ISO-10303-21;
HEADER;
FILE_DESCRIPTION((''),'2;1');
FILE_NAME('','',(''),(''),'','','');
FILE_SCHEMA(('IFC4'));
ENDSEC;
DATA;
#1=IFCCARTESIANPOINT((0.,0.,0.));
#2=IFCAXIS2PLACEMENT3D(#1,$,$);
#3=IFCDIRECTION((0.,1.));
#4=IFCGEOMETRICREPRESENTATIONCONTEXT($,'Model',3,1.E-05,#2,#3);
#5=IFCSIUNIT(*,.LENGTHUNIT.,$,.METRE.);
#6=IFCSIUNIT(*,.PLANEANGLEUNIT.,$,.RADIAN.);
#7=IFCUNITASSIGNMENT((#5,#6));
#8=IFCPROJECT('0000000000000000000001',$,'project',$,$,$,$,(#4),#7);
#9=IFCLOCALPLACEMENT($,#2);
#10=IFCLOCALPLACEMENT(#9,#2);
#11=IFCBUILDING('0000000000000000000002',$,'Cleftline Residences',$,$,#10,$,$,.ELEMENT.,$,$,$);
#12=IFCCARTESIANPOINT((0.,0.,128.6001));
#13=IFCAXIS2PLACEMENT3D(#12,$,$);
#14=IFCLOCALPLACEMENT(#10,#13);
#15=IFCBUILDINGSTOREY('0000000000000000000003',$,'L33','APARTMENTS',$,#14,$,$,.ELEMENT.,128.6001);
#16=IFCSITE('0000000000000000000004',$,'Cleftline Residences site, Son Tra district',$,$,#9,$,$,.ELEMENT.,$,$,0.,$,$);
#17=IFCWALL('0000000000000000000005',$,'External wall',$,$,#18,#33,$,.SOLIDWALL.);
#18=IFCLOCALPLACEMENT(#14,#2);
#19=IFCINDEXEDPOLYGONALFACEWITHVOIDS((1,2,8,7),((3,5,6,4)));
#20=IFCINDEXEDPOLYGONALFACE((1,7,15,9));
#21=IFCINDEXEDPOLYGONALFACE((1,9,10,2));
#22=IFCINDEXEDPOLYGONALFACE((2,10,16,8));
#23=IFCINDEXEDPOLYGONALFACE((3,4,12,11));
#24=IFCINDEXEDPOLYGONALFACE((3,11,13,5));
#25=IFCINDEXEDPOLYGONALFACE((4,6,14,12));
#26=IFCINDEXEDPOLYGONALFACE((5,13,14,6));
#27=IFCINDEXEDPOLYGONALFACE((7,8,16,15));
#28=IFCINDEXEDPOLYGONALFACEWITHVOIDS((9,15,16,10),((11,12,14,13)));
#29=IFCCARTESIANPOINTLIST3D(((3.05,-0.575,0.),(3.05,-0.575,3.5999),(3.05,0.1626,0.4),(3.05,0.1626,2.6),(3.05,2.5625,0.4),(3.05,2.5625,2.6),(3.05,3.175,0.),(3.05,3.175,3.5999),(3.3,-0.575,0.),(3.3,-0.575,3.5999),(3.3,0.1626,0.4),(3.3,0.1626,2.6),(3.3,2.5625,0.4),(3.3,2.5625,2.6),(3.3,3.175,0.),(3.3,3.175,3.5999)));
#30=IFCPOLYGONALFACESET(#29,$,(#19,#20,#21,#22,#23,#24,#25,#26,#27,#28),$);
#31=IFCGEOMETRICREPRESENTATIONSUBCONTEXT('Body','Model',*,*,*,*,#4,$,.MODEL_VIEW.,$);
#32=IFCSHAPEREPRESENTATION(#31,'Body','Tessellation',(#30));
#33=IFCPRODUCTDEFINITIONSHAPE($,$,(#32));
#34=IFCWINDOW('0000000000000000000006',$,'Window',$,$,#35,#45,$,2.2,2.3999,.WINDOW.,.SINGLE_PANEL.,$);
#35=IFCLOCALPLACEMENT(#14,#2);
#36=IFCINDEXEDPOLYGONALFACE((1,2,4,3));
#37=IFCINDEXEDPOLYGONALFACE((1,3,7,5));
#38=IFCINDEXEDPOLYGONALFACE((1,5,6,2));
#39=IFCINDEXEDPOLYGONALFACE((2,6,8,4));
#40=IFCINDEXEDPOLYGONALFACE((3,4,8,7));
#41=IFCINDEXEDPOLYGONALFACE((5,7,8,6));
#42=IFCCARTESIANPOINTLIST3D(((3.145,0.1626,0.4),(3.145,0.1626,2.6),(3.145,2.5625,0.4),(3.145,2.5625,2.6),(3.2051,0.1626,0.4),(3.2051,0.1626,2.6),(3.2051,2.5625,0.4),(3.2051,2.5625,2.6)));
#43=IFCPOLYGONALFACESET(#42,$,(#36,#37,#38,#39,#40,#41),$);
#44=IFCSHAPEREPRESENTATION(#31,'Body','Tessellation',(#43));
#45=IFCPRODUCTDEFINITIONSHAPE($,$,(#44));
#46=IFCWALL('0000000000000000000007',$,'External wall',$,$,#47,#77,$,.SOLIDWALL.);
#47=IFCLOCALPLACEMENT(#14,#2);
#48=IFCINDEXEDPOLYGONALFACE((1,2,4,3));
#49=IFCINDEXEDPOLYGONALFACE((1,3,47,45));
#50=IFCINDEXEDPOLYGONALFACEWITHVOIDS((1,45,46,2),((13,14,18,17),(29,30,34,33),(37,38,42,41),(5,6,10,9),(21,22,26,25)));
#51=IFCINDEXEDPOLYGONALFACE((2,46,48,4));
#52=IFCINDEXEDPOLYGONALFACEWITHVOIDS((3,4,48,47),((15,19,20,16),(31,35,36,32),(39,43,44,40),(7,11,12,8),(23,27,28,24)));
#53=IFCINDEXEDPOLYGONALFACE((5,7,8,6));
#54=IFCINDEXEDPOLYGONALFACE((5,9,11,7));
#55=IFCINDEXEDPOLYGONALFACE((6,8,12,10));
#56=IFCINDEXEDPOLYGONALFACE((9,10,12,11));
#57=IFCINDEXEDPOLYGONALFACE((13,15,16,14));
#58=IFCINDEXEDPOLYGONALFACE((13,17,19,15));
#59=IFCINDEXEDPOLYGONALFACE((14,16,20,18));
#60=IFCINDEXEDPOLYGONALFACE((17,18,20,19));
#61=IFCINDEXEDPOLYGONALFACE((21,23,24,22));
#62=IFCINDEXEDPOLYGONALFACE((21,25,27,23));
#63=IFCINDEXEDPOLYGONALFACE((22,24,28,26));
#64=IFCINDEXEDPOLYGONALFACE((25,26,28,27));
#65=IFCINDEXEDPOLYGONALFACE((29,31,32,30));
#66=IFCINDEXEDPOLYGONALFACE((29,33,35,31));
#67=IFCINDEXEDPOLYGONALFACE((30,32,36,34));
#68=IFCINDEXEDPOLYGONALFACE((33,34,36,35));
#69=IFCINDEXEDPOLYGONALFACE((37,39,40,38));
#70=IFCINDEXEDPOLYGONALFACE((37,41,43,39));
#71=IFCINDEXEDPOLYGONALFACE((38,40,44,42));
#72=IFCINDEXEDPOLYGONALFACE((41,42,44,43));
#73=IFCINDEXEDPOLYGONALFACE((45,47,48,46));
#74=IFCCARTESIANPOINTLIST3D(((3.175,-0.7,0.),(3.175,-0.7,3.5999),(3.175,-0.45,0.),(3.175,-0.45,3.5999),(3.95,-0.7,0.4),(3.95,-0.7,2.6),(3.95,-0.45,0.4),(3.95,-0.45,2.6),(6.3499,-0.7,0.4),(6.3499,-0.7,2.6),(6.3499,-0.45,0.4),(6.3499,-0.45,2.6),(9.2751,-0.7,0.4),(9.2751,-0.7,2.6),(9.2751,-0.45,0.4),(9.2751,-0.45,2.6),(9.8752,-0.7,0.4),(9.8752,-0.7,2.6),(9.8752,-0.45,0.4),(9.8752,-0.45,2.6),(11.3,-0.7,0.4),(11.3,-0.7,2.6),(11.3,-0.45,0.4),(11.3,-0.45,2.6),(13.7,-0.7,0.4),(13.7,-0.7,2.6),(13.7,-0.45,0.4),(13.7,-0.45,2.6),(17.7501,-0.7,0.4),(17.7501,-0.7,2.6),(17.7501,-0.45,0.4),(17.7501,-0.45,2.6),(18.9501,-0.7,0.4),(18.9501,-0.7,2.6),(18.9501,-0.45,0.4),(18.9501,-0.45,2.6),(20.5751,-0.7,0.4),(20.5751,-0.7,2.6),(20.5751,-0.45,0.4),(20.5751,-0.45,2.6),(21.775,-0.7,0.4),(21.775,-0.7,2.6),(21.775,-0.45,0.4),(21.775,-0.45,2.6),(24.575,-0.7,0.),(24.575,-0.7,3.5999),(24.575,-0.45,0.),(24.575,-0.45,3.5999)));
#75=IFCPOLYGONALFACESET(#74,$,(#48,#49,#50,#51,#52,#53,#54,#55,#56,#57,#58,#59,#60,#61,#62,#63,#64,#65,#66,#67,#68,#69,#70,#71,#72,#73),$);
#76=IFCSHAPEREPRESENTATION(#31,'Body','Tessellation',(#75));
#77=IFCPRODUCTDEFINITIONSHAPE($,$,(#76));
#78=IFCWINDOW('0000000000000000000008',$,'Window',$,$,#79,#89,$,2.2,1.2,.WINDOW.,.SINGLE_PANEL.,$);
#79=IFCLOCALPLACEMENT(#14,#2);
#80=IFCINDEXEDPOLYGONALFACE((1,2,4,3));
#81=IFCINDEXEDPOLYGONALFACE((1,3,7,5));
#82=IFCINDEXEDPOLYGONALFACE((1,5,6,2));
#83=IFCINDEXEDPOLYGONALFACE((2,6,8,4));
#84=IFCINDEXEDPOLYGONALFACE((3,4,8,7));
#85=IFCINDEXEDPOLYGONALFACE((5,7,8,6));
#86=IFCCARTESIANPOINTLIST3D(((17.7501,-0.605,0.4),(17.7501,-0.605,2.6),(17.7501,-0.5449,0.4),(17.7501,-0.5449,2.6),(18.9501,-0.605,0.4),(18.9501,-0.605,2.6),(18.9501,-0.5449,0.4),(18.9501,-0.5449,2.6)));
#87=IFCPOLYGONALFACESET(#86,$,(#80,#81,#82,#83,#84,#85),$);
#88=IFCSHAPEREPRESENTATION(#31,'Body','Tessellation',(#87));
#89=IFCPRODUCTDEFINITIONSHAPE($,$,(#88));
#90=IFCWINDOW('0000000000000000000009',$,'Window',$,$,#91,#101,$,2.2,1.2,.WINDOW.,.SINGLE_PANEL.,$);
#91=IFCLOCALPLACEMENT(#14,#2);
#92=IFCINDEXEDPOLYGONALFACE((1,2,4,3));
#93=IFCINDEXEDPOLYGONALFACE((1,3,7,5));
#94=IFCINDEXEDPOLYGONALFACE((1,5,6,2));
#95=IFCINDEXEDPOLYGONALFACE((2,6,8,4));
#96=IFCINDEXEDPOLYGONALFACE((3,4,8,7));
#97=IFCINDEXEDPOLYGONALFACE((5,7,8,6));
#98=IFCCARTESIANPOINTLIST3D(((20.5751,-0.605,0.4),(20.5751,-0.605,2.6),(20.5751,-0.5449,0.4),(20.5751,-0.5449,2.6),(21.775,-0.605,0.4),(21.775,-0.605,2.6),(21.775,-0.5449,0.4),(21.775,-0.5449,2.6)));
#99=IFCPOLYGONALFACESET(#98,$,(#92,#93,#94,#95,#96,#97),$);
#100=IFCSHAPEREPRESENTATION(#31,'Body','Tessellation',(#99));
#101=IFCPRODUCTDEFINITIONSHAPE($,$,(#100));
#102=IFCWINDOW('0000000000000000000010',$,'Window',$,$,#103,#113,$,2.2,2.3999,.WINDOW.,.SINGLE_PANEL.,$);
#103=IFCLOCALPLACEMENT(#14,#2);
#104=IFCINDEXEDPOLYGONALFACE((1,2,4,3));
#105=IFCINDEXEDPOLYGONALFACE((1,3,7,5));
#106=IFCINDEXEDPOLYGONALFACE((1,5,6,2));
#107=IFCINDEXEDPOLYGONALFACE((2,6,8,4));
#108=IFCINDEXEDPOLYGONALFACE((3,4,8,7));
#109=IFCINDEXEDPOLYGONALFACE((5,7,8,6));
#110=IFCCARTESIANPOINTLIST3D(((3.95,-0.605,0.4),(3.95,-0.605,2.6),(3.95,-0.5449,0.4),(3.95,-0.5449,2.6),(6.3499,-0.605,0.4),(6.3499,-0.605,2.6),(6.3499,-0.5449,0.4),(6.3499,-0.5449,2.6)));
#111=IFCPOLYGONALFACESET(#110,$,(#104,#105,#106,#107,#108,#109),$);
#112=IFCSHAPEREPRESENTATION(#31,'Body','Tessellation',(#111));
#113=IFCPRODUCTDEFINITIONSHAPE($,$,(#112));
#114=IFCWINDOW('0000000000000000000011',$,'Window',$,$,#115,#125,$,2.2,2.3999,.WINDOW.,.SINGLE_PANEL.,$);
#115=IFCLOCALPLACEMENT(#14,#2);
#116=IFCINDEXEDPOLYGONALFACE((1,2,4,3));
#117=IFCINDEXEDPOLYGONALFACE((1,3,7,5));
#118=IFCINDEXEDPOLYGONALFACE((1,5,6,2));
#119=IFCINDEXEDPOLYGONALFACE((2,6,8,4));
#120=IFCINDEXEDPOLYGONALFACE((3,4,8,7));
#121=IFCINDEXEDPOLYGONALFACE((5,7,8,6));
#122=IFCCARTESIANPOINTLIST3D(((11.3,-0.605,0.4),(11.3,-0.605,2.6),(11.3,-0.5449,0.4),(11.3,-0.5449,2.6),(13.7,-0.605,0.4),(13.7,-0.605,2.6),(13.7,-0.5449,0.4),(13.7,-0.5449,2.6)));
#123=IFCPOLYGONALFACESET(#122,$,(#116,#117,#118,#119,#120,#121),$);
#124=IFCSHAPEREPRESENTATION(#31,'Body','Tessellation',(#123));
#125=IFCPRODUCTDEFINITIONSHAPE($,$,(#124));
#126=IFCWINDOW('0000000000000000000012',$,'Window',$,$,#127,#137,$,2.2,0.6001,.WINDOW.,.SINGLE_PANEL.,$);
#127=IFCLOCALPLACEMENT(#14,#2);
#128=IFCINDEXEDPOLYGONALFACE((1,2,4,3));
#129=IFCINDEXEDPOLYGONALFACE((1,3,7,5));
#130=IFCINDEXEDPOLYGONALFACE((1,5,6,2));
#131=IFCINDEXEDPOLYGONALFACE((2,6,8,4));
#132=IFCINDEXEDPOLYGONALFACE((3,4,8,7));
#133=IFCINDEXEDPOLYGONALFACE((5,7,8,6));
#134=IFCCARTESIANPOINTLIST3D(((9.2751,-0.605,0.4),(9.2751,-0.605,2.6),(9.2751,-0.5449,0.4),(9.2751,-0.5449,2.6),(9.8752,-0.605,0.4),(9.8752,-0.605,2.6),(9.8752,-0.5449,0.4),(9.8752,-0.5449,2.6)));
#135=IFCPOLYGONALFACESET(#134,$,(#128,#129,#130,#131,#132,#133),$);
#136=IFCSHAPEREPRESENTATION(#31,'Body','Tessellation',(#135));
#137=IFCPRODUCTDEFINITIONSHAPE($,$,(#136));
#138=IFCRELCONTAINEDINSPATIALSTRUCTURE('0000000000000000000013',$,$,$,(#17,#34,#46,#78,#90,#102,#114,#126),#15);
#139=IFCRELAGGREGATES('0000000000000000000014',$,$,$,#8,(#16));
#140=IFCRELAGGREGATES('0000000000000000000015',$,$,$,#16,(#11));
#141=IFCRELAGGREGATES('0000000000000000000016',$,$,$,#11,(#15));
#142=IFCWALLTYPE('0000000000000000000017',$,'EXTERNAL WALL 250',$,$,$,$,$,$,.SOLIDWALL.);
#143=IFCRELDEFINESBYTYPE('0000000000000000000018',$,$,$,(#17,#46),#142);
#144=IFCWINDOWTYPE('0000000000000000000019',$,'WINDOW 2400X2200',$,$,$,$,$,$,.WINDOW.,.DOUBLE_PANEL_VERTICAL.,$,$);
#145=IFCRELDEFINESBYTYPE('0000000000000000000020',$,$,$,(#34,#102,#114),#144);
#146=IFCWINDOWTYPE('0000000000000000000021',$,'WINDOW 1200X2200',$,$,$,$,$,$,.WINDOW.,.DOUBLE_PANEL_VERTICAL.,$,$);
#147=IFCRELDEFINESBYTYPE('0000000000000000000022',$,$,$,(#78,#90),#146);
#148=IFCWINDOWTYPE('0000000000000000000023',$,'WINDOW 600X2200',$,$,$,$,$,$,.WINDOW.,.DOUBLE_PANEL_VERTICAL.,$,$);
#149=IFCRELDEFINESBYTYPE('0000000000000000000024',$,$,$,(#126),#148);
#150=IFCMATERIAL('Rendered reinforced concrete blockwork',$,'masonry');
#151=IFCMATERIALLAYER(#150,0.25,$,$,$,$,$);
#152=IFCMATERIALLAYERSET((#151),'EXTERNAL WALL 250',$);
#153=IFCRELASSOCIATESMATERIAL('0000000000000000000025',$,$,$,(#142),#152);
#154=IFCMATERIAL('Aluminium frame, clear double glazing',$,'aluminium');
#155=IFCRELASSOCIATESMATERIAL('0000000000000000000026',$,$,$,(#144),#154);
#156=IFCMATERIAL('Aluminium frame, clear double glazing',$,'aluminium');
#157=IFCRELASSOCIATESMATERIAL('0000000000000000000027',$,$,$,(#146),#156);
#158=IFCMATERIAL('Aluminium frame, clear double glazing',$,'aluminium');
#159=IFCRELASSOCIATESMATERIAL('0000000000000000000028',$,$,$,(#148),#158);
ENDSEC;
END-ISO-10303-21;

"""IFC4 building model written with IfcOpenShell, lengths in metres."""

from ifc_helpers import new_model, si_unit, direction, frame, frame_2d, origin, place, context, subcontext, project, spatial, rectangle, extrude, material, layer, layer_set, type_object, element, fill, save


model = new_model("IFC4")

# Units and contexts
model_context = context("Model", 3, precision=1e-05, world=origin(), true_north=direction((0.0, 1.0)))
body_context = subcontext(model_context, "Body", "Model", "MODEL_VIEW")
ifc_project = project(units=[si_unit("LENGTHUNIT", "METRE"), si_unit("PLANEANGLEUNIT", "RADIAN")], contexts=[model_context])

# Site, building, storey
site_placement = place(None, origin())
site = spatial("IfcSite", under=ifc_project, at=site_placement, Name="Cleftline Residences site, Son Tra district", CompositionType="ELEMENT", RefElevation=0.0)
building_placement = place(site_placement, origin())
building = spatial("IfcBuilding", under=site, at=building_placement, Name="Cleftline Residences", CompositionType="ELEMENT")
storey_placement = place(building_placement, frame((0.0, 0.0, 128.6001)))
storey = spatial("IfcBuildingStorey", under=building, at=storey_placement, Name="L33", Description="APARTMENTS", CompositionType="ELEMENT", Elevation=128.6001)

# Wall, opening, window
ifc_material_1 = material(Name="Rendered reinforced concrete blockwork", Category="masonry")
ifc_layer_1 = layer(ifc_material_1, 0.25)
ifc_layer_set_1 = layer_set([ifc_layer_1], Name="EXTERNAL WALL 250")
wall_type_1 = type_object("IfcWallType", Name="EXTERNAL WALL 250", PredefinedType="SOLIDWALL", material=ifc_layer_set_1)
wall_1_placement = place(storey_placement, frame((3.175, 3.175, 0.0), z_axis=(0.0, 0.0, 1.0), x_axis=(0.0, -1.0, 0.0)))
wall_1 = element("IfcWall", 1, at=wall_1_placement, inside=storey, type_object=wall_type_1, Name="External wall", PredefinedType="SOLIDWALL", context=body_context, shape_type="SweptSolid", body=[
    extrude(rectangle(XDim=3.75, YDim=0.25, at=frame_2d((1.875, 0.0))), origin(), (0.0, 0.0, 1.0), 3.5999),
])
opening_1_placement = place(wall_1_placement, frame((0.6125, 0.0, 0.3999)))
opening_1 = element("IfcOpeningElement", 2, at=opening_1_placement, cuts=wall_1, PredefinedType="OPENING", context=body_context, shape_type="SweptSolid", body=[
    extrude(rectangle(XDim=2.3999, YDim=2.2, at=frame_2d((1.2, 1.1001))), frame((0.0, 0.135, 0.0), z_axis=(0.0, -1.0, 0.0), x_axis=(1.0, 0.0, 0.0)), (0.0, 0.0, 1.0), 0.27),
])
ifc_material_2 = material(Name="Aluminium frame, clear double glazing", Category="aluminium")
window_type_1 = type_object("IfcWindowType", Name="WINDOW 2400X2200", PartitioningType="DOUBLE_PANEL_VERTICAL", PredefinedType="WINDOW", material=ifc_material_2)
window_1_placement = place(opening_1_placement, origin())
window_1 = element("IfcWindow", 3, at=window_1_placement, inside=storey, type_object=window_type_1, Name="Window", OverallHeight=2.2, OverallWidth=2.3999, PartitioningType="SINGLE_PANEL", PredefinedType="WINDOW", context=body_context, shape_type="SweptSolid", body=[
    extrude(rectangle(XDim=2.3999, YDim=2.2, at=frame_2d((1.2, 1.1001))), frame((0.0, 0.03, 0.0), z_axis=(0.0, -1.0, 0.0), x_axis=(1.0, 0.0, 0.0)), (0.0, 0.0, 1.0), 0.0601),
])
fill(opening_1, window_1)

# Wall, openings, windows
wall_2_placement = place(storey_placement, frame((3.175, -0.575, 0.0), z_axis=(0.0, 0.0, 1.0), x_axis=(1.0, 0.0, 0.0)))
wall_2 = element("IfcWall", 4, at=wall_2_placement, inside=storey, type_object=wall_type_1, Name="External wall", PredefinedType="SOLIDWALL", context=body_context, shape_type="SweptSolid", body=[
    extrude(rectangle(XDim=21.3999, YDim=0.25, at=frame_2d((10.7, 0.0))), origin(), (0.0, 0.0, 1.0), 3.5999),
])
opening_2_placement = place(wall_2_placement, frame((0.7749, 0.0, 0.3999)))
opening_2 = element("IfcOpeningElement", 5, at=opening_2_placement, cuts=wall_2, PredefinedType="OPENING", context=body_context, shape_type="SweptSolid", body=[
    extrude(rectangle(XDim=2.3999, YDim=2.2, at=frame_2d((1.2, 1.1001))), frame((0.0, 0.135, 0.0), z_axis=(0.0, -1.0, 0.0), x_axis=(1.0, 0.0, 0.0)), (0.0, 0.0, 1.0), 0.27),
])
opening_3_placement = place(wall_2_placement, frame((6.1001, 0.0, 0.3999)))
opening_3 = element("IfcOpeningElement", 6, at=opening_3_placement, cuts=wall_2, PredefinedType="OPENING", context=body_context, shape_type="SweptSolid", body=[
    extrude(rectangle(XDim=0.6001, YDim=2.2, at=frame_2d((0.3, 1.1001))), frame((0.0, 0.135, 0.0), z_axis=(0.0, -1.0, 0.0), x_axis=(1.0, 0.0, 0.0)), (0.0, 0.0, 1.0), 0.27),
])
opening_4_placement = place(wall_2_placement, frame((8.125, 0.0, 0.3999)))
opening_4 = element("IfcOpeningElement", 7, at=opening_4_placement, cuts=wall_2, PredefinedType="OPENING", context=body_context, shape_type="SweptSolid", body=[
    extrude(rectangle(XDim=2.3999, YDim=2.2, at=frame_2d((1.2, 1.1001))), frame((0.0, 0.135, 0.0), z_axis=(0.0, -1.0, 0.0), x_axis=(1.0, 0.0, 0.0)), (0.0, 0.0, 1.0), 0.27),
])
opening_5_placement = place(wall_2_placement, frame((14.575, 0.0, 0.3999)))
opening_5 = element("IfcOpeningElement", 8, at=opening_5_placement, cuts=wall_2, PredefinedType="OPENING", context=body_context, shape_type="SweptSolid", body=[
    extrude(rectangle(XDim=1.2, YDim=2.2, at=frame_2d((0.6001, 1.1001))), frame((0.0, 0.135, 0.0), z_axis=(0.0, -1.0, 0.0), x_axis=(1.0, 0.0, 0.0)), (0.0, 0.0, 1.0), 0.27),
])
opening_6_placement = place(wall_2_placement, frame((17.3999, 0.0, 0.3999)))
opening_6 = element("IfcOpeningElement", 9, at=opening_6_placement, cuts=wall_2, PredefinedType="OPENING", context=body_context, shape_type="SweptSolid", body=[
    extrude(rectangle(XDim=1.2, YDim=2.2, at=frame_2d((0.6001, 1.1001))), frame((0.0, 0.135, 0.0), z_axis=(0.0, -1.0, 0.0), x_axis=(1.0, 0.0, 0.0)), (0.0, 0.0, 1.0), 0.27),
])
ifc_material_3 = material(Name="Aluminium frame, clear double glazing", Category="aluminium")
window_type_2 = type_object("IfcWindowType", Name="WINDOW 1200X2200", PartitioningType="DOUBLE_PANEL_VERTICAL", PredefinedType="WINDOW", material=ifc_material_3)
window_2_placement = place(opening_5_placement, origin())
window_2 = element("IfcWindow", 10, at=window_2_placement, inside=storey, type_object=window_type_2, Name="Window", OverallHeight=2.2, OverallWidth=1.2, PartitioningType="SINGLE_PANEL", PredefinedType="WINDOW", context=body_context, shape_type="SweptSolid", body=[
    extrude(rectangle(XDim=1.2, YDim=2.2, at=frame_2d((0.6001, 1.1001))), frame((0.0, 0.03, 0.0), z_axis=(0.0, -1.0, 0.0), x_axis=(1.0, 0.0, 0.0)), (0.0, 0.0, 1.0), 0.0601),
])
fill(opening_5, window_2)
window_3_placement = place(opening_6_placement, origin())
window_3 = element("IfcWindow", 11, at=window_3_placement, inside=storey, type_object=window_type_2, Name="Window", OverallHeight=2.2, OverallWidth=1.2, PartitioningType="SINGLE_PANEL", PredefinedType="WINDOW", context=body_context, shape_type="SweptSolid", body=[
    extrude(rectangle(XDim=1.2, YDim=2.2, at=frame_2d((0.6001, 1.1001))), frame((0.0, 0.03, 0.0), z_axis=(0.0, -1.0, 0.0), x_axis=(1.0, 0.0, 0.0)), (0.0, 0.0, 1.0), 0.0601),
])
fill(opening_6, window_3)
window_4_placement = place(opening_2_placement, origin())
window_4 = element("IfcWindow", 12, at=window_4_placement, inside=storey, type_object=window_type_1, Name="Window", OverallHeight=2.2, OverallWidth=2.3999, PartitioningType="SINGLE_PANEL", PredefinedType="WINDOW", context=body_context, shape_type="SweptSolid", body=[
    extrude(rectangle(XDim=2.3999, YDim=2.2, at=frame_2d((1.2, 1.1001))), frame((0.0, 0.03, 0.0), z_axis=(0.0, -1.0, 0.0), x_axis=(1.0, 0.0, 0.0)), (0.0, 0.0, 1.0), 0.0601),
])
fill(opening_2, window_4)
window_5_placement = place(opening_4_placement, origin())
window_5 = element("IfcWindow", 13, at=window_5_placement, inside=storey, type_object=window_type_1, Name="Window", OverallHeight=2.2, OverallWidth=2.3999, PartitioningType="SINGLE_PANEL", PredefinedType="WINDOW", context=body_context, shape_type="SweptSolid", body=[
    extrude(rectangle(XDim=2.3999, YDim=2.2, at=frame_2d((1.2, 1.1001))), frame((0.0, 0.03, 0.0), z_axis=(0.0, -1.0, 0.0), x_axis=(1.0, 0.0, 0.0)), (0.0, 0.0, 1.0), 0.0601),
])
fill(opening_4, window_5)
ifc_material_4 = material(Name="Aluminium frame, clear double glazing", Category="aluminium")
window_type_3 = type_object("IfcWindowType", Name="WINDOW 600X2200", PartitioningType="DOUBLE_PANEL_VERTICAL", PredefinedType="WINDOW", material=ifc_material_4)
window_6_placement = place(opening_3_placement, origin())
window_6 = element("IfcWindow", 14, at=window_6_placement, inside=storey, type_object=window_type_3, Name="Window", OverallHeight=2.2, OverallWidth=0.6001, PartitioningType="SINGLE_PANEL", PredefinedType="WINDOW", context=body_context, shape_type="SweptSolid", body=[
    extrude(rectangle(XDim=0.6001, YDim=2.2, at=frame_2d((0.3, 1.1001))), frame((0.0, 0.03, 0.0), z_axis=(0.0, -1.0, 0.0), x_axis=(1.0, 0.0, 0.0)), (0.0, 0.0, 1.0), 0.0601),
])
fill(opening_3, window_6)

save(model, "model.ifc")
